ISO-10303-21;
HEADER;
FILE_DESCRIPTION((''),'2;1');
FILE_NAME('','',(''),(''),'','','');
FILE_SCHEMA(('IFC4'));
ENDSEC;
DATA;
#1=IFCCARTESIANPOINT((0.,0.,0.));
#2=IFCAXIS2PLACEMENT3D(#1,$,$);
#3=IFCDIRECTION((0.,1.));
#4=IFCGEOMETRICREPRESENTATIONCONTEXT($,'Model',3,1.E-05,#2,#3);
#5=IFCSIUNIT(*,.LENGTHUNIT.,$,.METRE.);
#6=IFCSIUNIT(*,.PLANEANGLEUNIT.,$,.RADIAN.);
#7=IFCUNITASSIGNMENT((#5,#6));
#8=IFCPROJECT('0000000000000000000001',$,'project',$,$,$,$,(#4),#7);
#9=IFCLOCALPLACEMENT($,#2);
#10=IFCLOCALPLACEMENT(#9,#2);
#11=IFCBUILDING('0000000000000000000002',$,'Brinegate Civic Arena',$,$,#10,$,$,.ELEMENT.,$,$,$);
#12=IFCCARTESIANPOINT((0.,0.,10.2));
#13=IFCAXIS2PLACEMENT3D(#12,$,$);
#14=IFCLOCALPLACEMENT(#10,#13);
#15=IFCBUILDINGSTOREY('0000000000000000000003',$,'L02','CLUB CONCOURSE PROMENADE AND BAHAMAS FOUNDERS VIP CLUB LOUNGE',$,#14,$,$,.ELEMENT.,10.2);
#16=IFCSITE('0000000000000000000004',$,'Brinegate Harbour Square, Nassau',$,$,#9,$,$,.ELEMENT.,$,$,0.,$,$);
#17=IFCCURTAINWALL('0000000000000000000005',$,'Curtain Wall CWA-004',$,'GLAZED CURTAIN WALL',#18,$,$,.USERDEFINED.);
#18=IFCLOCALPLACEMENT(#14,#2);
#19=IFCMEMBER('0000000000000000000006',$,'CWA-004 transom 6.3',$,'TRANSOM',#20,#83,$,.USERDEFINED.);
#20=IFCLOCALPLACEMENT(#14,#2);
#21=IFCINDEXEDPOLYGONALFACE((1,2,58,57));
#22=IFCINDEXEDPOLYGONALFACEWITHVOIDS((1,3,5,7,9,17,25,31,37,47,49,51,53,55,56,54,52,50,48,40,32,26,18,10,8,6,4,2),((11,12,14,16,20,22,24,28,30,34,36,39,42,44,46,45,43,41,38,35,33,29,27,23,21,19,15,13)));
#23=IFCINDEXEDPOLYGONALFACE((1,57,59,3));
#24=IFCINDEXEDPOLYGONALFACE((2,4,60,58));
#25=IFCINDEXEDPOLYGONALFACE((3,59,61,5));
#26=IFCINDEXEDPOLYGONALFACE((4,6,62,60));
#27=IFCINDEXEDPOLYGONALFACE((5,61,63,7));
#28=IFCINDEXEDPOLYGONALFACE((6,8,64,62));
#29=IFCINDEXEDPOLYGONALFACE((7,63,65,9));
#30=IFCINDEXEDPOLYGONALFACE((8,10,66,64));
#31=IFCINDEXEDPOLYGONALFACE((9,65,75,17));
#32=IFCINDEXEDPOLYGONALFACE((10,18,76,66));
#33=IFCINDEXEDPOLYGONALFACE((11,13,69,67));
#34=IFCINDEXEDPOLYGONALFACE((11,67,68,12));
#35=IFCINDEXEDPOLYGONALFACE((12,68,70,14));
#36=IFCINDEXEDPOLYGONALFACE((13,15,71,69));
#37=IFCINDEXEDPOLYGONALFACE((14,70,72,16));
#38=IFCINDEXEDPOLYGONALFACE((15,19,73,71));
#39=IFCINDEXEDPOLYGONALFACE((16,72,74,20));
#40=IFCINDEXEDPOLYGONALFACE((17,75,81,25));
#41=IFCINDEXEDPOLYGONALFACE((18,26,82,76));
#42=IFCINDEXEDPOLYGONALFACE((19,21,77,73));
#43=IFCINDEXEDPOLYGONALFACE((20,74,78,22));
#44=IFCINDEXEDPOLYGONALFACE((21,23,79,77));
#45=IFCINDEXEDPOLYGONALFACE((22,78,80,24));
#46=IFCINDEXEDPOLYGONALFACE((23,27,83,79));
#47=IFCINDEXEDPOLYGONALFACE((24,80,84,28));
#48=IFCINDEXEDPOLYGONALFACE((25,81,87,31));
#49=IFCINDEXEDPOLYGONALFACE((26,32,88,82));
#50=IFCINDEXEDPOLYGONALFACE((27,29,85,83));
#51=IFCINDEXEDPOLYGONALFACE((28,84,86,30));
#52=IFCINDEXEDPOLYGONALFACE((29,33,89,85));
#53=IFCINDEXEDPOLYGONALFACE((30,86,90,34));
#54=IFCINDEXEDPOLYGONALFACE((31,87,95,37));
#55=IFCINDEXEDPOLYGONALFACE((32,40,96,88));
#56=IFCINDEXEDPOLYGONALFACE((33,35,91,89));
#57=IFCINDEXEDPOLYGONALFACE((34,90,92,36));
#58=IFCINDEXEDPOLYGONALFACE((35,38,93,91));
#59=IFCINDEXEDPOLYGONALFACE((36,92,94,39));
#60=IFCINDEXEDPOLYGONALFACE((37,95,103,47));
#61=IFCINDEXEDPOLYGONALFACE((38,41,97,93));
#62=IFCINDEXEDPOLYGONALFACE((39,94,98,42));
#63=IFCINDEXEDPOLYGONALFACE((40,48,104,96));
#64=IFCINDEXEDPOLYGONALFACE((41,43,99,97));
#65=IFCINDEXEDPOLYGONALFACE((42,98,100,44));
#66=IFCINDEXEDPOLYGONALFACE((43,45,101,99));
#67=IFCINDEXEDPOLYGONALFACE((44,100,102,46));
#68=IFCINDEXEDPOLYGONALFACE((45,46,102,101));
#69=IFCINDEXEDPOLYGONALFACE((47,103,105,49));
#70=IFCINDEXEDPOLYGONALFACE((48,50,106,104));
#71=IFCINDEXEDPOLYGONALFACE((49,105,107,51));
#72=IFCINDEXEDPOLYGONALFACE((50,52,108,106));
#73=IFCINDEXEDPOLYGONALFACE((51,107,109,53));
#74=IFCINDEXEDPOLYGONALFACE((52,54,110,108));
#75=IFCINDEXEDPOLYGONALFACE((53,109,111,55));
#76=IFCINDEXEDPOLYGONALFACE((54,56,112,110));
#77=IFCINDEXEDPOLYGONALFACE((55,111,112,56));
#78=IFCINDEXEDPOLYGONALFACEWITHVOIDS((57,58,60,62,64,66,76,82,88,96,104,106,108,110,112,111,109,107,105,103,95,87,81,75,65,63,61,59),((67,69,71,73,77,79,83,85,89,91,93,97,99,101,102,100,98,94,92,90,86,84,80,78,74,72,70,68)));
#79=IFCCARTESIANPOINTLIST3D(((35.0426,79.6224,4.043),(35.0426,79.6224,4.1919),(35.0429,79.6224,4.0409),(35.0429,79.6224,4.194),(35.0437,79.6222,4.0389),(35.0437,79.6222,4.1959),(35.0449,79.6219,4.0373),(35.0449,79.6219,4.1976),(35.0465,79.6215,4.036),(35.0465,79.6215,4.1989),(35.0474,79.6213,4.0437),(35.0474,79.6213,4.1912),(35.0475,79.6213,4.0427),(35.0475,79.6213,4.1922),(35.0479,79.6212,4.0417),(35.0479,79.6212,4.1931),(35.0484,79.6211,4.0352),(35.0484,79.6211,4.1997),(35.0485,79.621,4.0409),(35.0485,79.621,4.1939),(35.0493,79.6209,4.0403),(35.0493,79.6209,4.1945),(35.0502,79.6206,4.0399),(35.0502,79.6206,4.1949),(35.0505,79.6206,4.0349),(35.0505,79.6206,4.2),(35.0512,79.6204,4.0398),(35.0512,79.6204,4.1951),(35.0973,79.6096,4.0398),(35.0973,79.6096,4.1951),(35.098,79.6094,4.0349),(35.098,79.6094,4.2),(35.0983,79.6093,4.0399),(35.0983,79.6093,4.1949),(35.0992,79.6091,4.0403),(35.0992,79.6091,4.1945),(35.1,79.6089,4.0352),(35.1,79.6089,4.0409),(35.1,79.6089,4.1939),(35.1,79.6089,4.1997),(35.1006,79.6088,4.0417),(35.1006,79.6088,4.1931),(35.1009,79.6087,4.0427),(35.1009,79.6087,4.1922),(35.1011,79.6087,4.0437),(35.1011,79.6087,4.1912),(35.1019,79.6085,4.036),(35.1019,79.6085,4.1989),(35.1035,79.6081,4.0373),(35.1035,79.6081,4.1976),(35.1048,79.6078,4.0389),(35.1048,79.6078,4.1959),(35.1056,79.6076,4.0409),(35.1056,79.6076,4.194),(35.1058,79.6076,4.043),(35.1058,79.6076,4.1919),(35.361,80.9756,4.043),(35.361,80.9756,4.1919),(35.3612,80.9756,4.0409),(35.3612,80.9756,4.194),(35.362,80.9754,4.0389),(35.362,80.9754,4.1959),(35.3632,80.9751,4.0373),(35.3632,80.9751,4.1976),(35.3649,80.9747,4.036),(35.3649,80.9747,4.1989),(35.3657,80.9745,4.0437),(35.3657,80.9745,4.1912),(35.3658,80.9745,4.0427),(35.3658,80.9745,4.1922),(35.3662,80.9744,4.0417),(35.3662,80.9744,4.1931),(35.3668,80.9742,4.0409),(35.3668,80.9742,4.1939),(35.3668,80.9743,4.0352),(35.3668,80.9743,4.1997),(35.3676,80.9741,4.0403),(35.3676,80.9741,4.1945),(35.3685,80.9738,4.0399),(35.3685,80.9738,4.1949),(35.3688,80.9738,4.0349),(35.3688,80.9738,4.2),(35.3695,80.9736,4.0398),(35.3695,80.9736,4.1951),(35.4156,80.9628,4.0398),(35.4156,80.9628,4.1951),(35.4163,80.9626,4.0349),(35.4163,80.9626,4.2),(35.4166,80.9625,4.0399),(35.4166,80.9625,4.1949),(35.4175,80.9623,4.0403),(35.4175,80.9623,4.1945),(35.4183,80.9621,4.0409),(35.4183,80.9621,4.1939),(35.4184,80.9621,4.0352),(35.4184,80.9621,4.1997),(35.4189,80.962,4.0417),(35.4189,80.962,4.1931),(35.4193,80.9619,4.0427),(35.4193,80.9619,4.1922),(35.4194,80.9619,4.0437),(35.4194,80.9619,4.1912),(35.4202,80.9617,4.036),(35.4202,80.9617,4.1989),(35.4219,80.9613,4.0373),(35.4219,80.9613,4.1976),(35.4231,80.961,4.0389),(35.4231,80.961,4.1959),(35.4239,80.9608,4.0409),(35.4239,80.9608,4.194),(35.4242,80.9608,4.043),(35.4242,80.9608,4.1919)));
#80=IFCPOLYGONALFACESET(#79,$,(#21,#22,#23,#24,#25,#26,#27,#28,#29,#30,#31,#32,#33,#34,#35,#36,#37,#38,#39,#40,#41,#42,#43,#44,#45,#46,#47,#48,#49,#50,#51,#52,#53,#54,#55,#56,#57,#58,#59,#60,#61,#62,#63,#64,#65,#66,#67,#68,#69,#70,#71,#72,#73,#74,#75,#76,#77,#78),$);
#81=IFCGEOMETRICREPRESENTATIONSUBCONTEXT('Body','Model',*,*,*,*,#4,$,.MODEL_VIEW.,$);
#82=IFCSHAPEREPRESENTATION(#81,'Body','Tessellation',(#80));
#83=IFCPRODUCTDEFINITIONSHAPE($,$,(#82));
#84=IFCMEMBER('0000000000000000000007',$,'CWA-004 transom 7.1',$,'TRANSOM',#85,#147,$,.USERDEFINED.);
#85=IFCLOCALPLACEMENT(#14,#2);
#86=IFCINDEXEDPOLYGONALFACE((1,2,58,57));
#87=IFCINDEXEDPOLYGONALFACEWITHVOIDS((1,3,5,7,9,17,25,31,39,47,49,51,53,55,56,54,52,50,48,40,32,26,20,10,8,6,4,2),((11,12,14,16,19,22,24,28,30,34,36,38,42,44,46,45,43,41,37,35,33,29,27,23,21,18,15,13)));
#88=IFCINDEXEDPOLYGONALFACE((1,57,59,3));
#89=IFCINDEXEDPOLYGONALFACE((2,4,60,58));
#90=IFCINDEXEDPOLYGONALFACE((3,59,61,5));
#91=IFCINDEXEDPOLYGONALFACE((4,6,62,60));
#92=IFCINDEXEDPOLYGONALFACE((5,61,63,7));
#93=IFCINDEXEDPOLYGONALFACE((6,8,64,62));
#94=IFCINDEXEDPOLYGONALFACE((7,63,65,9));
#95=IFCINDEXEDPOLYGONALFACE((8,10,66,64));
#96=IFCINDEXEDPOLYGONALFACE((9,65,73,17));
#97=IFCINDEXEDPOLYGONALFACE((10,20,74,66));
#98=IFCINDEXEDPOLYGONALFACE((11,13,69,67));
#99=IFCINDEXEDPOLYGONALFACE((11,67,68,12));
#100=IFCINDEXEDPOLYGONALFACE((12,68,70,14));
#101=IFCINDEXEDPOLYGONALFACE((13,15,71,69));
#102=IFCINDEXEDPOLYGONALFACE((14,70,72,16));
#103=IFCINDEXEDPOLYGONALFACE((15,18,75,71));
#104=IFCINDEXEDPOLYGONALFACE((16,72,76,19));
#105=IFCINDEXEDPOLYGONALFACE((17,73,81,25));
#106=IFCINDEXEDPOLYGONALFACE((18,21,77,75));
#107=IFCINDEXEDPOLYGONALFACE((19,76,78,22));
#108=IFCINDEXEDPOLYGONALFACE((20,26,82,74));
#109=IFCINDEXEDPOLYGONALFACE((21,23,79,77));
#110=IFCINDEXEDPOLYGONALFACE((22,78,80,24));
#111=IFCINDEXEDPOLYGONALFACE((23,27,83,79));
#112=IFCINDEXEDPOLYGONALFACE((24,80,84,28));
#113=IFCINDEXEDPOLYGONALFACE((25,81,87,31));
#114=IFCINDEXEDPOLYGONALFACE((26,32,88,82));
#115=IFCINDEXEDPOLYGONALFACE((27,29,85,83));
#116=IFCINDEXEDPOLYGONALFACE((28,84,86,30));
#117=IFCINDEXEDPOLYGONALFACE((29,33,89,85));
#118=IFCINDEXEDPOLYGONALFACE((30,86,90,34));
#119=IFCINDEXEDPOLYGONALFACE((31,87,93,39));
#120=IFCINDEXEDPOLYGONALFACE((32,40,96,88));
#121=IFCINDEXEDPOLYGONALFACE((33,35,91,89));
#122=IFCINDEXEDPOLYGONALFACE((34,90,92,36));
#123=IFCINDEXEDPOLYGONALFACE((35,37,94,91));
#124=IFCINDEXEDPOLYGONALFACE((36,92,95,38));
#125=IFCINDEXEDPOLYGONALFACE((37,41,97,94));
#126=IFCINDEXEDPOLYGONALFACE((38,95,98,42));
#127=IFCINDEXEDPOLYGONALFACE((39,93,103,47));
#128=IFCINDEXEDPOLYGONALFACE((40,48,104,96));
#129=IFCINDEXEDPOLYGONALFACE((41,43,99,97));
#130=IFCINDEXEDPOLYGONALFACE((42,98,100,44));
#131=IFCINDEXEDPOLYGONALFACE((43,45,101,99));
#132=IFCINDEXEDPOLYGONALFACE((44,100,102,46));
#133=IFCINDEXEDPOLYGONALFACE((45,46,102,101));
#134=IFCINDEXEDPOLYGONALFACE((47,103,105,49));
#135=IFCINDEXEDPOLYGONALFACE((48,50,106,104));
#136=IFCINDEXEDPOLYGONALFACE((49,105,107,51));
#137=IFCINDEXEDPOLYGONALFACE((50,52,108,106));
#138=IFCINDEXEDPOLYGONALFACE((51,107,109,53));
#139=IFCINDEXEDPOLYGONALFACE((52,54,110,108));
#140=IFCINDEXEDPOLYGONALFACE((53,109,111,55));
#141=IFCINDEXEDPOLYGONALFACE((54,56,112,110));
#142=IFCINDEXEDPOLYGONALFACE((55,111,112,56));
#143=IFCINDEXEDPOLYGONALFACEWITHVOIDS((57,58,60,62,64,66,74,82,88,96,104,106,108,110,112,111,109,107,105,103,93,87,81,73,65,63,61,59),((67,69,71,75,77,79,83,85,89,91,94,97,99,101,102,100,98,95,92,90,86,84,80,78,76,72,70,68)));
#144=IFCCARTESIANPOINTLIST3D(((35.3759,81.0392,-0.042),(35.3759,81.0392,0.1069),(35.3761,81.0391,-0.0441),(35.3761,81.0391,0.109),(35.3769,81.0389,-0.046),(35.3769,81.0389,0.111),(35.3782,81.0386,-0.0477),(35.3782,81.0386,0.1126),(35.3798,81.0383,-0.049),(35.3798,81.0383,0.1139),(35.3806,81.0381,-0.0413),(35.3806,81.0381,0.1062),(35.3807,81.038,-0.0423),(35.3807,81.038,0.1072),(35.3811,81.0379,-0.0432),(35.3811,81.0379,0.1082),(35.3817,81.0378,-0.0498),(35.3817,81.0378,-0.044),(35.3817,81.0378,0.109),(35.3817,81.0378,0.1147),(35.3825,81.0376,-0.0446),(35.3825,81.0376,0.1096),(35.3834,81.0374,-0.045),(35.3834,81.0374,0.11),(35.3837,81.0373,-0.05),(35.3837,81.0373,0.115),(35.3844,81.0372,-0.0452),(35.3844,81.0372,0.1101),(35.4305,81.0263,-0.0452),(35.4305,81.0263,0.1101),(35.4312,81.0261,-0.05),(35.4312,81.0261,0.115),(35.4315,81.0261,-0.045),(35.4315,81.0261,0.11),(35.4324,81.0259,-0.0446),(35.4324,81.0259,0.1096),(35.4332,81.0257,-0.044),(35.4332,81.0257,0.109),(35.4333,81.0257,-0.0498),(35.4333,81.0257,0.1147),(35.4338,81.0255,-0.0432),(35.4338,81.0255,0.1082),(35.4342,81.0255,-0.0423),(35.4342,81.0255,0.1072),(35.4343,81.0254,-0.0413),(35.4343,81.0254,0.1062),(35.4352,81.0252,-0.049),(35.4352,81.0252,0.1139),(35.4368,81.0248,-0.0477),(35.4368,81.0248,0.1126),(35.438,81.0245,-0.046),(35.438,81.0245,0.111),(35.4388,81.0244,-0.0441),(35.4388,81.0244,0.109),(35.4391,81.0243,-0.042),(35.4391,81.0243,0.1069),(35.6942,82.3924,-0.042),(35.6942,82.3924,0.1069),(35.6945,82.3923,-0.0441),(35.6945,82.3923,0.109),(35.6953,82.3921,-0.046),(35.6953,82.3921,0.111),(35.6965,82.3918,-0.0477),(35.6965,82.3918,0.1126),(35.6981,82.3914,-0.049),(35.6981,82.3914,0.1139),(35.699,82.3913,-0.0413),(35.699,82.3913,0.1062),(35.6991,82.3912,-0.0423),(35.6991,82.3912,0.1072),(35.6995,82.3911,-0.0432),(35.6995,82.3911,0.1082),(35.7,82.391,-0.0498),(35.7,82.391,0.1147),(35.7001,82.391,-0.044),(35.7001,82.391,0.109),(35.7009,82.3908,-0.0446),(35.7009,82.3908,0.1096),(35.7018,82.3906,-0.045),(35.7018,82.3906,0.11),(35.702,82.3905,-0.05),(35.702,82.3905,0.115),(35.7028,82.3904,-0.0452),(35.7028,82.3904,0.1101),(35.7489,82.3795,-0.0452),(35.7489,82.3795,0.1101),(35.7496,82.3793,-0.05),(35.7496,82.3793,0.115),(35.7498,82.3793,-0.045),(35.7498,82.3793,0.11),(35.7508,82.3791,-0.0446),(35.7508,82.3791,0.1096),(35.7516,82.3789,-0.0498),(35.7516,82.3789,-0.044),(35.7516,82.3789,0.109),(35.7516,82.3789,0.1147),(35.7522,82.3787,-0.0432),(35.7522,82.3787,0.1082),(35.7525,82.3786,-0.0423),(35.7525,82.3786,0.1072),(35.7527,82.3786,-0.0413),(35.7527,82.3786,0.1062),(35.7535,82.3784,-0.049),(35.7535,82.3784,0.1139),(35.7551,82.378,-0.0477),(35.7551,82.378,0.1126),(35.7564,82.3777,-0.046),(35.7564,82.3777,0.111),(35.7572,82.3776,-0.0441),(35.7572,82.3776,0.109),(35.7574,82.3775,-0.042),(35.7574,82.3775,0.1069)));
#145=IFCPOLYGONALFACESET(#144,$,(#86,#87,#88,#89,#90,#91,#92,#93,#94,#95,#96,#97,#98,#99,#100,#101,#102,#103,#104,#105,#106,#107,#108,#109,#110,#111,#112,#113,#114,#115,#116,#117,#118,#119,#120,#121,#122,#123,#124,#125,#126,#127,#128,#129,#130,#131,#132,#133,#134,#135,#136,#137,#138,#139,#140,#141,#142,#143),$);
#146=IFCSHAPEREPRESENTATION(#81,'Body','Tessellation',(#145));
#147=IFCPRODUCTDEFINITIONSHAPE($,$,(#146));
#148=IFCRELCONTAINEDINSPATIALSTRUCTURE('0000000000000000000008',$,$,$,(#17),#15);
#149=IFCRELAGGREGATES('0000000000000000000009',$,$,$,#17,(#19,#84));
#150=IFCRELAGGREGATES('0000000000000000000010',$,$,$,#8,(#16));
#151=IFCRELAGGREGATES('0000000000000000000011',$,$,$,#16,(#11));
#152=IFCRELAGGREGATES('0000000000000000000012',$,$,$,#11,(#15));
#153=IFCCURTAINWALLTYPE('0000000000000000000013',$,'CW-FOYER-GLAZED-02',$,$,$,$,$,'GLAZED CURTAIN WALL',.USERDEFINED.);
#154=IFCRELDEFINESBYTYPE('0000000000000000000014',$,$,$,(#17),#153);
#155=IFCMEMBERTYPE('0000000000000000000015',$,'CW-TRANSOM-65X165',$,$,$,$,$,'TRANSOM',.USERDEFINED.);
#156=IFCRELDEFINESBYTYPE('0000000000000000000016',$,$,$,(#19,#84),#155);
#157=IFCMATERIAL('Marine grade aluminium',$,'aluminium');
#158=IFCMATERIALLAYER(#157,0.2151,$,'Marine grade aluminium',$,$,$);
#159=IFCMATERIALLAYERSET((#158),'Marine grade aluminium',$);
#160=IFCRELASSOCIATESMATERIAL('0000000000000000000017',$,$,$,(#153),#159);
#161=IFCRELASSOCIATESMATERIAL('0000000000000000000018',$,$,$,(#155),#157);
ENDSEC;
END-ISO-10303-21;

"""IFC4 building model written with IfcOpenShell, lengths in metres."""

from ifc_helpers import new_model, si_unit, direction, frame, origin, origin_2d, place, context, subcontext, project, spatial, hollow_rectangle, extrude, material, layer, layer_set, material_profile, profile_set, type_object, element, aggregate, save


model = new_model("IFC4")

# Units and contexts
model_context = context("Model", 3, precision=1e-05, world=origin(), true_north=direction((0.0, 1.0)))
body_context = subcontext(model_context, "Body", "Model", "MODEL_VIEW")
ifc_project = project(units=[si_unit("LENGTHUNIT", "METRE"), si_unit("PLANEANGLEUNIT", "RADIAN")], contexts=[model_context])

# Site, building, storey
site_placement = place(None, origin())
site = spatial("IfcSite", under=ifc_project, at=site_placement, Name="Brinegate Harbour Square, Nassau", CompositionType="ELEMENT", RefElevation=0.0)
building_placement = place(site_placement, origin())
building = spatial("IfcBuilding", under=site, at=building_placement, Name="Brinegate Civic Arena", CompositionType="ELEMENT")
storey_placement = place(building_placement, frame((0.0, 0.0, 10.2)))
storey = spatial("IfcBuildingStorey", under=building, at=storey_placement, Name="L02", Description="CLUB CONCOURSE PROMENADE AND BAHAMAS FOUNDERS VIP CLUB LOUNGE", CompositionType="ELEMENT", Elevation=10.2)

# Curtain wall, members
ifc_material_1 = material(Name="Marine grade aluminium", Category="aluminium")
ifc_layer_1 = layer(ifc_material_1, 0.2151, Name="Marine grade aluminium")
ifc_layer_set_1 = layer_set([ifc_layer_1], Name="Marine grade aluminium")
curtain_wall_type = type_object("IfcCurtainWallType", Name="CW-FOYER-GLAZED-02", ElementType="GLAZED CURTAIN WALL", PredefinedType="USERDEFINED", material=ifc_layer_set_1)
curtain_wall_placement = place(storey_placement, origin())
curtain_wall = element("IfcCurtainWall", 1, at=curtain_wall_placement, inside=storey, type_object=curtain_wall_type, Name="Curtain Wall CWA-004", ObjectType="GLAZED CURTAIN WALL", PredefinedType="USERDEFINED")
ifc_material_profile_1 = material_profile(ifc_material_1, hollow_rectangle(XDim=0.0649, YDim=0.165, WallThickness=0.0049, InnerFilletRadius=0.0039, OuterFilletRadius=0.0081, at=origin_2d()), Name="TRN65X165")
ifc_profile_set_1 = profile_set([ifc_material_profile_1], Name="Marine grade aluminium")
member_type_1 = type_object("IfcMemberType", Name="CW-TRANSOM-65X165", ElementType="TRANSOM", PredefinedType="USERDEFINED", material=ifc_profile_set_1)
member_1_placement = place(storey_placement, frame((35.0742, 79.615, 4.1174), z_axis=(0.229, 0.973426, 0.0), x_axis=(-0.973426, 0.229, 0.0)))
member_1 = element("IfcMember", 2, at=member_1_placement, type_object=member_type_1, Name="CWA-004 transom 6.3", ObjectType="TRANSOM", PredefinedType="USERDEFINED", context=body_context, shape_type="SweptSolid", body=[
    extrude(hollow_rectangle(XDim=0.0649, YDim=0.165, WallThickness=0.0049, InnerFilletRadius=0.0039, OuterFilletRadius=0.0081, at=origin_2d()), origin(), (0.0, 0.0, 1.0), 1.3901),
])
member_2_placement = place(storey_placement, frame((35.4075, 81.0317, 0.0325), z_axis=(0.229, 0.973426, 0.0), x_axis=(-0.973426, 0.229, 0.0)))
member_2 = element("IfcMember", 3, at=member_2_placement, type_object=member_type_1, Name="CWA-004 transom 7.1", ObjectType="TRANSOM", PredefinedType="USERDEFINED", context=body_context, shape_type="SweptSolid", body=[
    extrude(hollow_rectangle(XDim=0.0649, YDim=0.165, WallThickness=0.0049, InnerFilletRadius=0.0039, OuterFilletRadius=0.0081, at=origin_2d()), origin(), (0.0, 0.0, 1.0), 1.3901),
])

aggregate(curtain_wall, [member_1, member_2])

save(model, "model.ifc")
